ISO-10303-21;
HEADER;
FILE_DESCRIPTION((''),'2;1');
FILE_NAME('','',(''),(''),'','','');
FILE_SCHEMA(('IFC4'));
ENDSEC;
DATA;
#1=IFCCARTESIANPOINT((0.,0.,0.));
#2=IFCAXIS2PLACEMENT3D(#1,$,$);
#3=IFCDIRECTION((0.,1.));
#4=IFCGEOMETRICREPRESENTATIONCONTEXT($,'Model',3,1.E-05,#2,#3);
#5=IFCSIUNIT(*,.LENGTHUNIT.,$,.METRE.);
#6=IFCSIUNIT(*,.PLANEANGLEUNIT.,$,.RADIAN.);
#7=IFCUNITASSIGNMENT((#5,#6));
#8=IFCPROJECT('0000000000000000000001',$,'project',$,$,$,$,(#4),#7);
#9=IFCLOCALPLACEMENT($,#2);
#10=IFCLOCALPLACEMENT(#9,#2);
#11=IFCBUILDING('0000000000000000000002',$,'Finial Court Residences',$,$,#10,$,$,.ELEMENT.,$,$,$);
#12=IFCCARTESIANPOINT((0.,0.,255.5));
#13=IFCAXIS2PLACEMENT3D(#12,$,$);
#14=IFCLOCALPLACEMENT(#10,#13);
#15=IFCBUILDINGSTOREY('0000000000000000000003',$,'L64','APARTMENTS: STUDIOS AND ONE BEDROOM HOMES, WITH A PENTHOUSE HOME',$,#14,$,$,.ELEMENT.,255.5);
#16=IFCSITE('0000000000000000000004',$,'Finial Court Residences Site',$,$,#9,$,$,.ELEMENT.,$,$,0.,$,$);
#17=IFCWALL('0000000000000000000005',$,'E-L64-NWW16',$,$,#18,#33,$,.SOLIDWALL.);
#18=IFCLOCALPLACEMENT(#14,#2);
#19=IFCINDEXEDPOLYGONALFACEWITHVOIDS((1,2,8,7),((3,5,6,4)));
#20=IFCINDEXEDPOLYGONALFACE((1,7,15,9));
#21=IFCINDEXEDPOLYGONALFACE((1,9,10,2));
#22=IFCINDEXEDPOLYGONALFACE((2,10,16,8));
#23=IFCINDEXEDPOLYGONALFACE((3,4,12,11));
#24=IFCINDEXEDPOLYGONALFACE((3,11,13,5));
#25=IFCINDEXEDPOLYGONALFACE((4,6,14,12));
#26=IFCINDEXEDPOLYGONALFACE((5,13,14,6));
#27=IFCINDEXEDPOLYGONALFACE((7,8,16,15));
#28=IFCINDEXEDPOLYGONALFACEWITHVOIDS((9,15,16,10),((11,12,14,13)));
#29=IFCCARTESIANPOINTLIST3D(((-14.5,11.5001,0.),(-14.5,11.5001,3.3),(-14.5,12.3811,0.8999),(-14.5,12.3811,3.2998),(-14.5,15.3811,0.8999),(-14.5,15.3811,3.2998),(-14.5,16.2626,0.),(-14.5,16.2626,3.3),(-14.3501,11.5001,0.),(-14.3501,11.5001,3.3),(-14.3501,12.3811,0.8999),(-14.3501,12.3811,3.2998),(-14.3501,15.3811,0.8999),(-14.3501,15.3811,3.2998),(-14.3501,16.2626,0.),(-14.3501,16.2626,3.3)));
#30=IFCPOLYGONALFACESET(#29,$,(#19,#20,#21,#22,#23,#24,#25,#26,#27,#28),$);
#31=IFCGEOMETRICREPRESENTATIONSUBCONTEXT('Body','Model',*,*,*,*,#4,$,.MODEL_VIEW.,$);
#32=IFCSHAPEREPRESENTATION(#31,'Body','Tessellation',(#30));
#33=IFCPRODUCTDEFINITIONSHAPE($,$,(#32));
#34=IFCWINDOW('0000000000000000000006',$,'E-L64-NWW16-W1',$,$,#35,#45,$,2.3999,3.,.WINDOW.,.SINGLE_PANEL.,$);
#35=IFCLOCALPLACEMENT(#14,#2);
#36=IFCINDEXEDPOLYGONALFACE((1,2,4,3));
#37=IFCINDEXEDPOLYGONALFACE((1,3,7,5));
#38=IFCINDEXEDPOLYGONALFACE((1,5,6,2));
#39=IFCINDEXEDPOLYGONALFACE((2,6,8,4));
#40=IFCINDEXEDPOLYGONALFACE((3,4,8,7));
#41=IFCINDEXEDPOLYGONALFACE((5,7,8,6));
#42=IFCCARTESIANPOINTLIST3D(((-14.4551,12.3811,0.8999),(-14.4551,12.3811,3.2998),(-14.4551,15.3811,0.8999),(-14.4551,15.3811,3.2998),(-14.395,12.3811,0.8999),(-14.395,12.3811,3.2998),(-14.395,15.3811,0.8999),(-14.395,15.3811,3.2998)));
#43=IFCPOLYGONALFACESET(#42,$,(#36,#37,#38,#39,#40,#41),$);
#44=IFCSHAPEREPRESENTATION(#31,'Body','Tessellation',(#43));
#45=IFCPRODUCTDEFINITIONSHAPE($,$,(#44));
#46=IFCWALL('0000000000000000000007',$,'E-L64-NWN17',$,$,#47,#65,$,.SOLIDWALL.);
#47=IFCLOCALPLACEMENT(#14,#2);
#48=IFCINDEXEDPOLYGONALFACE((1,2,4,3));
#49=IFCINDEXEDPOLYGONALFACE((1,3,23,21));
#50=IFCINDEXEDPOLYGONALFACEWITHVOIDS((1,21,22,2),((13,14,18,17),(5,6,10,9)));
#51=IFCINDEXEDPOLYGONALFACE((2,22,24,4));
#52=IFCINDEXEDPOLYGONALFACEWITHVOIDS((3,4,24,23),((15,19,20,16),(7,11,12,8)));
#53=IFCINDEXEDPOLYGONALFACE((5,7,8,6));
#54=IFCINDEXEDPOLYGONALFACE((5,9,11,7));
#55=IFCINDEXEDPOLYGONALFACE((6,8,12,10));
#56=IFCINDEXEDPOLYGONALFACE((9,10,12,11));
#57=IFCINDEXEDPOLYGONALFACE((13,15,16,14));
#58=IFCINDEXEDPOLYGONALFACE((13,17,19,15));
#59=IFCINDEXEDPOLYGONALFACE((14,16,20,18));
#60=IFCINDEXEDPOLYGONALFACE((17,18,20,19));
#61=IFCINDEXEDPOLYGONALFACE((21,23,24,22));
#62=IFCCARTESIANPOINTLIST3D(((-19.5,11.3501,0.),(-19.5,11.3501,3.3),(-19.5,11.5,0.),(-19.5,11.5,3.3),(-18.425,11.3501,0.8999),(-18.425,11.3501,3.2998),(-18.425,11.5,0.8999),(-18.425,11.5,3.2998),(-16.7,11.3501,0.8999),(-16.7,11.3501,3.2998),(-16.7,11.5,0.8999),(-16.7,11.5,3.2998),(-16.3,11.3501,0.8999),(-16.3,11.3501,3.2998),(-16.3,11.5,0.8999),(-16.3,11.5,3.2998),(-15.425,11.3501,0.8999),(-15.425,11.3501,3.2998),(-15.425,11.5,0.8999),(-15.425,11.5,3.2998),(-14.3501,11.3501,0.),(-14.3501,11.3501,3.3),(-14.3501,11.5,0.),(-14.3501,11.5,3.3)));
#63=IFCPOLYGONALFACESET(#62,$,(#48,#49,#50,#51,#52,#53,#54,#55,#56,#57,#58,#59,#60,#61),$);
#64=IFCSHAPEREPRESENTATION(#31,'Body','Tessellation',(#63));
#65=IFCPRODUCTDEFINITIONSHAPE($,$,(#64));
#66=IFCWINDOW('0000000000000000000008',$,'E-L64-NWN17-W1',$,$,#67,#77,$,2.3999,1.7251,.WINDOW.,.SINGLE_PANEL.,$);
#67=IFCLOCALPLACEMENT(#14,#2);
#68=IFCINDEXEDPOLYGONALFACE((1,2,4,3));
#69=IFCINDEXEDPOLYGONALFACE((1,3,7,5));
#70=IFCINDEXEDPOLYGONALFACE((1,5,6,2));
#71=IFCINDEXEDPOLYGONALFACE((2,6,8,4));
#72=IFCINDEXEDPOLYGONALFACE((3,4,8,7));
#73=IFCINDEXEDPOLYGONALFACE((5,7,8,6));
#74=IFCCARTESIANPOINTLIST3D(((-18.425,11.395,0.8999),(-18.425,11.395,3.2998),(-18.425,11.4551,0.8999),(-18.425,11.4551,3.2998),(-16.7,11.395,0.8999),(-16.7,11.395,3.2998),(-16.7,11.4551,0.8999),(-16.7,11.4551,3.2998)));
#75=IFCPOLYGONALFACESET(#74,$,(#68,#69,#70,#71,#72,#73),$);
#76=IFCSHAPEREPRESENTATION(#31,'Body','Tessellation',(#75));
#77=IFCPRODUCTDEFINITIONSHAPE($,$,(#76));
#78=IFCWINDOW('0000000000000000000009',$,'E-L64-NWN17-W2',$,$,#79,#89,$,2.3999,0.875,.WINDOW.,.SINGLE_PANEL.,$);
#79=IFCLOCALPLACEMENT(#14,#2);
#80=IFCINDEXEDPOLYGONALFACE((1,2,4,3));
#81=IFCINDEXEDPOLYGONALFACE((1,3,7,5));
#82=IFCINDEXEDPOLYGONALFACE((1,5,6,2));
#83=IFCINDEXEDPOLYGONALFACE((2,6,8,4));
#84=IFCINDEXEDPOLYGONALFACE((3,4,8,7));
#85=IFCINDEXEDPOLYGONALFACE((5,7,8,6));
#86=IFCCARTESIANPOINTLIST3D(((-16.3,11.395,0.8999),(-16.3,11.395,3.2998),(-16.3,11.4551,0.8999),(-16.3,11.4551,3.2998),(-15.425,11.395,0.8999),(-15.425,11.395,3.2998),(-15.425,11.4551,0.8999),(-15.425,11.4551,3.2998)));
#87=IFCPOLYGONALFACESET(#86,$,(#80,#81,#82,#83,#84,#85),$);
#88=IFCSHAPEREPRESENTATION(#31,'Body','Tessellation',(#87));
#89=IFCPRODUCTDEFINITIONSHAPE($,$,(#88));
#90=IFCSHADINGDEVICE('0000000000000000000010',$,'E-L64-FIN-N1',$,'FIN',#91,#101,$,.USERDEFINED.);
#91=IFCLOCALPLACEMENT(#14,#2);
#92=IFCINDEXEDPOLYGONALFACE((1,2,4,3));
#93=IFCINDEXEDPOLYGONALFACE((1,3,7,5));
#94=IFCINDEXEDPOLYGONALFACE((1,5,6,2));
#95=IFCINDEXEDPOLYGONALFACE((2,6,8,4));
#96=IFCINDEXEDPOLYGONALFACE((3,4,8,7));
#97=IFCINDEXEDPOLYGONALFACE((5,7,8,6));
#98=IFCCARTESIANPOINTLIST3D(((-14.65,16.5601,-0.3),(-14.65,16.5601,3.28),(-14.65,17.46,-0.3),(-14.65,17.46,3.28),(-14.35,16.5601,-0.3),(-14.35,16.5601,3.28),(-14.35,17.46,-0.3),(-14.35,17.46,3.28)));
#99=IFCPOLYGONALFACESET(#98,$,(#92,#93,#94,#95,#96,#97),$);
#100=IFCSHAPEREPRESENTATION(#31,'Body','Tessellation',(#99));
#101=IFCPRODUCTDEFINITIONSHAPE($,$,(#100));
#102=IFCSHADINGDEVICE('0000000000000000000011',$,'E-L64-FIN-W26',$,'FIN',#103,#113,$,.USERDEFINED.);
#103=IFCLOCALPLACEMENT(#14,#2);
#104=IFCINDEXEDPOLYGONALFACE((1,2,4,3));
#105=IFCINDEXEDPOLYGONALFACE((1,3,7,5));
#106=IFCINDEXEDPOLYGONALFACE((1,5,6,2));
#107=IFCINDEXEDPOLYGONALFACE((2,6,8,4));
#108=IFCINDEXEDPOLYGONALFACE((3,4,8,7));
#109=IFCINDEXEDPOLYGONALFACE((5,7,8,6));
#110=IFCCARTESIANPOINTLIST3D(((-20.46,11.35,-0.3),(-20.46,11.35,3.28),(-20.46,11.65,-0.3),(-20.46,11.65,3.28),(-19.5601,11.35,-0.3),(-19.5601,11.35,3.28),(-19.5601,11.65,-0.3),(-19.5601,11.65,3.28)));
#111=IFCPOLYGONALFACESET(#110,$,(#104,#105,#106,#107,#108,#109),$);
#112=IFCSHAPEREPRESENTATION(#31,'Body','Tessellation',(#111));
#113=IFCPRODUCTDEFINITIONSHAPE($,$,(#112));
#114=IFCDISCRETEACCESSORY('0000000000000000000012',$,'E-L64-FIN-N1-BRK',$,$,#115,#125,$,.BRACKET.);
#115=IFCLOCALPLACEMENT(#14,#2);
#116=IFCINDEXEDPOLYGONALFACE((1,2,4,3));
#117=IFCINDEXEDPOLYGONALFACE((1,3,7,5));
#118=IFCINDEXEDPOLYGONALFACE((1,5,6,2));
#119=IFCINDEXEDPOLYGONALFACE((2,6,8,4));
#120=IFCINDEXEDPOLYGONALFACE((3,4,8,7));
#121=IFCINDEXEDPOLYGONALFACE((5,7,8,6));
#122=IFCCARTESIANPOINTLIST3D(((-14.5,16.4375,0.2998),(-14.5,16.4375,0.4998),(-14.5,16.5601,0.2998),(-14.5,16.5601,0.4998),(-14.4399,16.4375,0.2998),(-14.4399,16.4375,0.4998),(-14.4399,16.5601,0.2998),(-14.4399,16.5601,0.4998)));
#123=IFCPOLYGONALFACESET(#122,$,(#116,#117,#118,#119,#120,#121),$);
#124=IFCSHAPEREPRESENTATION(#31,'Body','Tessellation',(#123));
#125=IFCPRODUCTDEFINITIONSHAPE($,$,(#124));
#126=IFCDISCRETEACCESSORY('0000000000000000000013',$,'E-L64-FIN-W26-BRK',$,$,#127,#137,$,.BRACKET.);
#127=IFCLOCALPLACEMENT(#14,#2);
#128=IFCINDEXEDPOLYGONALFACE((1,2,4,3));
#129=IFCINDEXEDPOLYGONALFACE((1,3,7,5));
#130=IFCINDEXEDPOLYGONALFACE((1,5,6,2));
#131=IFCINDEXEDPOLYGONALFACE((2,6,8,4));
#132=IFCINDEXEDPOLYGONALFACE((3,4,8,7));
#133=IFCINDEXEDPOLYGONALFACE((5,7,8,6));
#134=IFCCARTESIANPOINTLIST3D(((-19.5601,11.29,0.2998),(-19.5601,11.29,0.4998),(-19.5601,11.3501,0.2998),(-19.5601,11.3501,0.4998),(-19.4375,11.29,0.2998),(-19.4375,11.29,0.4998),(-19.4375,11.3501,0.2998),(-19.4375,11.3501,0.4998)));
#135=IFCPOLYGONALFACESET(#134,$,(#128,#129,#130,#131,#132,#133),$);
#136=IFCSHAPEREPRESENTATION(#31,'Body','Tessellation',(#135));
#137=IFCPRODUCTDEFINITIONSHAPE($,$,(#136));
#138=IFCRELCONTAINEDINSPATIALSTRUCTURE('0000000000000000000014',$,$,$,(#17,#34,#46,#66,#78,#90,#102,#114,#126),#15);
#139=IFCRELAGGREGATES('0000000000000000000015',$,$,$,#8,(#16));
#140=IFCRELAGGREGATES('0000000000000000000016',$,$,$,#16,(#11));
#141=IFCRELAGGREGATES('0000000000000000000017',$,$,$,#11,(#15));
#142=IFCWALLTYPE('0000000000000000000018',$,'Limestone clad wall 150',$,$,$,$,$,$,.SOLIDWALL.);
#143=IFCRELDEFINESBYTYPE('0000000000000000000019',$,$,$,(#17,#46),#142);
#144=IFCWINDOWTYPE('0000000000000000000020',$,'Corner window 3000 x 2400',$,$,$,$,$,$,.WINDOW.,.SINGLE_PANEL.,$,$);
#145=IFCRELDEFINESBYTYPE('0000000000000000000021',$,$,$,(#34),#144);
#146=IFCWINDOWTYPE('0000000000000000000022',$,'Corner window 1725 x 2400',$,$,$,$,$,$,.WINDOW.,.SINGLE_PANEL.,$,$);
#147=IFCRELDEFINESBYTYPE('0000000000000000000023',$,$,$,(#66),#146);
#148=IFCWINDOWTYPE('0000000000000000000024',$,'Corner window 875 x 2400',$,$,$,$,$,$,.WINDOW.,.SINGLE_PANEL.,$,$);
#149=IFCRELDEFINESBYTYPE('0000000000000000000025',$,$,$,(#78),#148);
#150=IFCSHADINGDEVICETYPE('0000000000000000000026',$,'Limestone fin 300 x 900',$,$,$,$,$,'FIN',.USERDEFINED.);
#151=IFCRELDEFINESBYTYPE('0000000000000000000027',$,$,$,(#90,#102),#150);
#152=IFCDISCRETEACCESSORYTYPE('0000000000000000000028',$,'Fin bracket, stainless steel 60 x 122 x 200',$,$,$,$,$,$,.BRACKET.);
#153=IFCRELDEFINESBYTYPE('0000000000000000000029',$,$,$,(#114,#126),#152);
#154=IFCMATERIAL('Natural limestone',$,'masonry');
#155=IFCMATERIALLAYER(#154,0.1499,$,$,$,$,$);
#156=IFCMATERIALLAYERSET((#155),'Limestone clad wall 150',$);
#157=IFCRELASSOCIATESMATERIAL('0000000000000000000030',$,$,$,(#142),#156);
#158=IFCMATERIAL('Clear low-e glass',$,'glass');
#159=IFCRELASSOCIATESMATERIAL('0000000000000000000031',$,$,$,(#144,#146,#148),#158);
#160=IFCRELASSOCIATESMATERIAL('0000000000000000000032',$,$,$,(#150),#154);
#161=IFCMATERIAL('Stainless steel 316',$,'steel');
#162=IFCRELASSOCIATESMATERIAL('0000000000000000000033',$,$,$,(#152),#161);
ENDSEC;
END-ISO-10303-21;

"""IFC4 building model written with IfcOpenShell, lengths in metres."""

from ifc_helpers import new_model, si_unit, direction, frame, frame_2d, origin, origin_2d, place, context, subcontext, project, spatial, rectangle, extrude, material, layer, layer_set, type_object, element, fill, save


model = new_model("IFC4")

# Units and contexts
model_context = context("Model", 3, precision=1e-05, world=origin(), true_north=direction((0.0, 1.0)))
body_context = subcontext(model_context, "Body", "Model", "MODEL_VIEW")
ifc_project = project(units=[si_unit("LENGTHUNIT", "METRE"), si_unit("PLANEANGLEUNIT", "RADIAN")], contexts=[model_context])

# Site, building, storey
site_placement = place(None, origin())
site = spatial("IfcSite", under=ifc_project, at=site_placement, Name="Finial Court Residences Site", CompositionType="ELEMENT", RefElevation=0.0)
building_placement = place(site_placement, origin())
building = spatial("IfcBuilding", under=site, at=building_placement, Name="Finial Court Residences", CompositionType="ELEMENT")
storey_placement = place(building_placement, frame((0.0, 0.0, 255.5)))
storey = spatial("IfcBuildingStorey", under=building, at=storey_placement, Name="L64", Description="APARTMENTS: STUDIOS AND ONE BEDROOM HOMES, WITH A PENTHOUSE HOME", CompositionType="ELEMENT", Elevation=255.5)

# Shared definitions
ifc_material_1 = material(Name="Clear low-e glass", Category="glass")

# Wall, opening, window
ifc_material_2 = material(Name="Natural limestone", Category="masonry")
ifc_layer_1 = layer(ifc_material_2, 0.1499)
ifc_layer_set_1 = layer_set([ifc_layer_1], Name="Limestone clad wall 150")
wall_type_1 = type_object("IfcWallType", Name="Limestone clad wall 150", PredefinedType="SOLIDWALL", material=ifc_layer_set_1)
wall_1_placement = place(storey_placement, frame((-14.425, 11.5, 0.0), z_axis=(0.0, 0.0, 1.0), x_axis=(0.0, 1.0, 0.0)))
wall_1 = element("IfcWall", 1, at=wall_1_placement, inside=storey, type_object=wall_type_1, Name="E-L64-NWW16", PredefinedType="SOLIDWALL", context=body_context, shape_type="SweptSolid", body=[
    extrude(rectangle(XDim=4.7625, YDim=0.1499, at=frame_2d((2.3813, 0.0))), origin(), (0.0, 0.0, 1.0), 3.3),
])
opening_1_placement = place(wall_1_placement, frame((0.8811, 0.0, 0.8999)))
opening_1 = element("IfcOpeningElement", 2, at=opening_1_placement, cuts=wall_1, PredefinedType="OPENING", context=body_context, shape_type="SweptSolid", body=[
    extrude(rectangle(XDim=3.0, YDim=2.3999, at=frame_2d((1.5, 1.2))), frame((0.0, 0.085, 0.0), z_axis=(0.0, -1.0, 0.0), x_axis=(1.0, 0.0, 0.0)), (0.0, 0.0, 1.0), 0.1699),
])
window_type_1 = type_object("IfcWindowType", Name="Corner window 3000 x 2400", PartitioningType="SINGLE_PANEL", PredefinedType="WINDOW", material=ifc_material_1)
window_1_placement = place(opening_1_placement, origin())
window_1 = element("IfcWindow", 3, at=window_1_placement, inside=storey, type_object=window_type_1, Name="E-L64-NWW16-W1", OverallHeight=2.3999, OverallWidth=3.0, PartitioningType="SINGLE_PANEL", PredefinedType="WINDOW", context=body_context, shape_type="SweptSolid", body=[
    extrude(rectangle(XDim=3.0, YDim=2.3999, at=frame_2d((1.5, 1.2))), frame((0.0, 0.03, 0.0), z_axis=(0.0, -1.0, 0.0), x_axis=(1.0, 0.0, 0.0)), (0.0, 0.0, 1.0), 0.0601),
])
fill(opening_1, window_1)

# Wall, openings, windows
wall_2_placement = place(storey_placement, frame((-19.5, 11.425, 0.0), z_axis=(0.0, 0.0, 1.0), x_axis=(1.0, 0.0, 0.0)))
wall_2 = element("IfcWall", 4, at=wall_2_placement, inside=storey, type_object=wall_type_1, Name="E-L64-NWN17", PredefinedType="SOLIDWALL", context=body_context, shape_type="SweptSolid", body=[
    extrude(rectangle(XDim=5.1499, YDim=0.1499, at=frame_2d((2.575, 0.0))), origin(), (0.0, 0.0, 1.0), 3.3),
])
opening_2_placement = place(wall_2_placement, frame((1.075, 0.0, 0.8999)))
opening_2 = element("IfcOpeningElement", 5, at=opening_2_placement, cuts=wall_2, PredefinedType="OPENING", context=body_context, shape_type="SweptSolid", body=[
    extrude(rectangle(XDim=1.7251, YDim=2.3999, at=frame_2d((0.8625, 1.2))), frame((0.0, 0.085, 0.0), z_axis=(0.0, -1.0, 0.0), x_axis=(1.0, 0.0, 0.0)), (0.0, 0.0, 1.0), 0.1699),
])
opening_3_placement = place(wall_2_placement, frame((3.2, 0.0, 0.8999)))
opening_3 = element("IfcOpeningElement", 6, at=opening_3_placement, cuts=wall_2, PredefinedType="OPENING", context=body_context, shape_type="SweptSolid", body=[
    extrude(rectangle(XDim=0.875, YDim=2.3999, at=frame_2d((0.4375, 1.2))), frame((0.0, 0.085, 0.0), z_axis=(0.0, -1.0, 0.0), x_axis=(1.0, 0.0, 0.0)), (0.0, 0.0, 1.0), 0.1699),
])
window_type_2 = type_object("IfcWindowType", Name="Corner window 1725 x 2400", PartitioningType="SINGLE_PANEL", PredefinedType="WINDOW", material=ifc_material_1)
window_2_placement = place(opening_2_placement, origin())
window_2 = element("IfcWindow", 7, at=window_2_placement, inside=storey, type_object=window_type_2, Name="E-L64-NWN17-W1", OverallHeight=2.3999, OverallWidth=1.7251, PartitioningType="SINGLE_PANEL", PredefinedType="WINDOW", context=body_context, shape_type="SweptSolid", body=[
    extrude(rectangle(XDim=1.7251, YDim=2.3999, at=frame_2d((0.8625, 1.2))), frame((0.0, 0.03, 0.0), z_axis=(0.0, -1.0, 0.0), x_axis=(1.0, 0.0, 0.0)), (0.0, 0.0, 1.0), 0.0601),
])
fill(opening_2, window_2)
window_type_3 = type_object("IfcWindowType", Name="Corner window 875 x 2400", PartitioningType="SINGLE_PANEL", PredefinedType="WINDOW", material=ifc_material_1)
window_3_placement = place(opening_3_placement, origin())
window_3 = element("IfcWindow", 8, at=window_3_placement, inside=storey, type_object=window_type_3, Name="E-L64-NWN17-W2", OverallHeight=2.3999, OverallWidth=0.875, PartitioningType="SINGLE_PANEL", PredefinedType="WINDOW", context=body_context, shape_type="SweptSolid", body=[
    extrude(rectangle(XDim=0.875, YDim=2.3999, at=frame_2d((0.4375, 1.2))), frame((0.0, 0.03, 0.0), z_axis=(0.0, -1.0, 0.0), x_axis=(1.0, 0.0, 0.0)), (0.0, 0.0, 1.0), 0.0601),
])
fill(opening_3, window_3)

# Shading devices
shading_device_type = type_object("IfcShadingDeviceType", Name="Limestone fin 300 x 900", ElementType="FIN", PredefinedType="USERDEFINED", material=ifc_material_2)
shading_device_1_placement = place(storey_placement, frame((-14.5, 17.01, -0.3), z_axis=(0.0, 0.0, 1.0), x_axis=(1.0, 0.0, 0.0)))
element("IfcShadingDevice", 9, at=shading_device_1_placement, inside=storey, type_object=shading_device_type, Name="E-L64-FIN-N1", ObjectType="FIN", PredefinedType="USERDEFINED", context=body_context, shape_type="SweptSolid", body=[
    extrude(rectangle(XDim=0.3, YDim=0.8999, at=origin_2d()), origin(), (0.0, 0.0, 1.0), 3.5801),
])
shading_device_2_placement = place(storey_placement, frame((-20.01, 11.5, -0.3), z_axis=(0.0, 0.0, 1.0), x_axis=(1.0, 0.0, 0.0)))
element("IfcShadingDevice", 10, at=shading_device_2_placement, inside=storey, type_object=shading_device_type, Name="E-L64-FIN-W26", ObjectType="FIN", PredefinedType="USERDEFINED", context=body_context, shape_type="SweptSolid", body=[
    extrude(rectangle(XDim=0.8999, YDim=0.3, at=origin_2d()), origin(), (0.0, 0.0, 1.0), 3.5801),
])

# Discrete accessories
ifc_material_3 = material(Name="Stainless steel 316", Category="steel")
discrete_accessory_type = type_object("IfcDiscreteAccessoryType", Name="Fin bracket, stainless steel 60 x 122 x 200", PredefinedType="BRACKET", material=ifc_material_3)
discrete_accessory_1_placement = place(storey_placement, frame((-14.47, 16.4988, 0.2998), z_axis=(0.0, 0.0, 1.0), x_axis=(1.0, 0.0, 0.0)))
element("IfcDiscreteAccessory", 11, at=discrete_accessory_1_placement, inside=storey, type_object=discrete_accessory_type, Name="E-L64-FIN-N1-BRK", PredefinedType="BRACKET", context=body_context, shape_type="SweptSolid", body=[
    extrude(rectangle(XDim=0.0601, YDim=0.1226, at=origin_2d()), origin(), (0.0, 0.0, 1.0), 0.2),
])
discrete_accessory_2_placement = place(storey_placement, frame((-19.4988, 11.3201, 0.2998), z_axis=(0.0, 0.0, 1.0), x_axis=(1.0, 0.0, 0.0)))
element("IfcDiscreteAccessory", 12, at=discrete_accessory_2_placement, inside=storey, type_object=discrete_accessory_type, Name="E-L64-FIN-W26-BRK", PredefinedType="BRACKET", context=body_context, shape_type="SweptSolid", body=[
    extrude(rectangle(XDim=0.1226, YDim=0.0601, at=origin_2d()), origin(), (0.0, 0.0, 1.0), 0.2),
])

save(model, "model.ifc")
